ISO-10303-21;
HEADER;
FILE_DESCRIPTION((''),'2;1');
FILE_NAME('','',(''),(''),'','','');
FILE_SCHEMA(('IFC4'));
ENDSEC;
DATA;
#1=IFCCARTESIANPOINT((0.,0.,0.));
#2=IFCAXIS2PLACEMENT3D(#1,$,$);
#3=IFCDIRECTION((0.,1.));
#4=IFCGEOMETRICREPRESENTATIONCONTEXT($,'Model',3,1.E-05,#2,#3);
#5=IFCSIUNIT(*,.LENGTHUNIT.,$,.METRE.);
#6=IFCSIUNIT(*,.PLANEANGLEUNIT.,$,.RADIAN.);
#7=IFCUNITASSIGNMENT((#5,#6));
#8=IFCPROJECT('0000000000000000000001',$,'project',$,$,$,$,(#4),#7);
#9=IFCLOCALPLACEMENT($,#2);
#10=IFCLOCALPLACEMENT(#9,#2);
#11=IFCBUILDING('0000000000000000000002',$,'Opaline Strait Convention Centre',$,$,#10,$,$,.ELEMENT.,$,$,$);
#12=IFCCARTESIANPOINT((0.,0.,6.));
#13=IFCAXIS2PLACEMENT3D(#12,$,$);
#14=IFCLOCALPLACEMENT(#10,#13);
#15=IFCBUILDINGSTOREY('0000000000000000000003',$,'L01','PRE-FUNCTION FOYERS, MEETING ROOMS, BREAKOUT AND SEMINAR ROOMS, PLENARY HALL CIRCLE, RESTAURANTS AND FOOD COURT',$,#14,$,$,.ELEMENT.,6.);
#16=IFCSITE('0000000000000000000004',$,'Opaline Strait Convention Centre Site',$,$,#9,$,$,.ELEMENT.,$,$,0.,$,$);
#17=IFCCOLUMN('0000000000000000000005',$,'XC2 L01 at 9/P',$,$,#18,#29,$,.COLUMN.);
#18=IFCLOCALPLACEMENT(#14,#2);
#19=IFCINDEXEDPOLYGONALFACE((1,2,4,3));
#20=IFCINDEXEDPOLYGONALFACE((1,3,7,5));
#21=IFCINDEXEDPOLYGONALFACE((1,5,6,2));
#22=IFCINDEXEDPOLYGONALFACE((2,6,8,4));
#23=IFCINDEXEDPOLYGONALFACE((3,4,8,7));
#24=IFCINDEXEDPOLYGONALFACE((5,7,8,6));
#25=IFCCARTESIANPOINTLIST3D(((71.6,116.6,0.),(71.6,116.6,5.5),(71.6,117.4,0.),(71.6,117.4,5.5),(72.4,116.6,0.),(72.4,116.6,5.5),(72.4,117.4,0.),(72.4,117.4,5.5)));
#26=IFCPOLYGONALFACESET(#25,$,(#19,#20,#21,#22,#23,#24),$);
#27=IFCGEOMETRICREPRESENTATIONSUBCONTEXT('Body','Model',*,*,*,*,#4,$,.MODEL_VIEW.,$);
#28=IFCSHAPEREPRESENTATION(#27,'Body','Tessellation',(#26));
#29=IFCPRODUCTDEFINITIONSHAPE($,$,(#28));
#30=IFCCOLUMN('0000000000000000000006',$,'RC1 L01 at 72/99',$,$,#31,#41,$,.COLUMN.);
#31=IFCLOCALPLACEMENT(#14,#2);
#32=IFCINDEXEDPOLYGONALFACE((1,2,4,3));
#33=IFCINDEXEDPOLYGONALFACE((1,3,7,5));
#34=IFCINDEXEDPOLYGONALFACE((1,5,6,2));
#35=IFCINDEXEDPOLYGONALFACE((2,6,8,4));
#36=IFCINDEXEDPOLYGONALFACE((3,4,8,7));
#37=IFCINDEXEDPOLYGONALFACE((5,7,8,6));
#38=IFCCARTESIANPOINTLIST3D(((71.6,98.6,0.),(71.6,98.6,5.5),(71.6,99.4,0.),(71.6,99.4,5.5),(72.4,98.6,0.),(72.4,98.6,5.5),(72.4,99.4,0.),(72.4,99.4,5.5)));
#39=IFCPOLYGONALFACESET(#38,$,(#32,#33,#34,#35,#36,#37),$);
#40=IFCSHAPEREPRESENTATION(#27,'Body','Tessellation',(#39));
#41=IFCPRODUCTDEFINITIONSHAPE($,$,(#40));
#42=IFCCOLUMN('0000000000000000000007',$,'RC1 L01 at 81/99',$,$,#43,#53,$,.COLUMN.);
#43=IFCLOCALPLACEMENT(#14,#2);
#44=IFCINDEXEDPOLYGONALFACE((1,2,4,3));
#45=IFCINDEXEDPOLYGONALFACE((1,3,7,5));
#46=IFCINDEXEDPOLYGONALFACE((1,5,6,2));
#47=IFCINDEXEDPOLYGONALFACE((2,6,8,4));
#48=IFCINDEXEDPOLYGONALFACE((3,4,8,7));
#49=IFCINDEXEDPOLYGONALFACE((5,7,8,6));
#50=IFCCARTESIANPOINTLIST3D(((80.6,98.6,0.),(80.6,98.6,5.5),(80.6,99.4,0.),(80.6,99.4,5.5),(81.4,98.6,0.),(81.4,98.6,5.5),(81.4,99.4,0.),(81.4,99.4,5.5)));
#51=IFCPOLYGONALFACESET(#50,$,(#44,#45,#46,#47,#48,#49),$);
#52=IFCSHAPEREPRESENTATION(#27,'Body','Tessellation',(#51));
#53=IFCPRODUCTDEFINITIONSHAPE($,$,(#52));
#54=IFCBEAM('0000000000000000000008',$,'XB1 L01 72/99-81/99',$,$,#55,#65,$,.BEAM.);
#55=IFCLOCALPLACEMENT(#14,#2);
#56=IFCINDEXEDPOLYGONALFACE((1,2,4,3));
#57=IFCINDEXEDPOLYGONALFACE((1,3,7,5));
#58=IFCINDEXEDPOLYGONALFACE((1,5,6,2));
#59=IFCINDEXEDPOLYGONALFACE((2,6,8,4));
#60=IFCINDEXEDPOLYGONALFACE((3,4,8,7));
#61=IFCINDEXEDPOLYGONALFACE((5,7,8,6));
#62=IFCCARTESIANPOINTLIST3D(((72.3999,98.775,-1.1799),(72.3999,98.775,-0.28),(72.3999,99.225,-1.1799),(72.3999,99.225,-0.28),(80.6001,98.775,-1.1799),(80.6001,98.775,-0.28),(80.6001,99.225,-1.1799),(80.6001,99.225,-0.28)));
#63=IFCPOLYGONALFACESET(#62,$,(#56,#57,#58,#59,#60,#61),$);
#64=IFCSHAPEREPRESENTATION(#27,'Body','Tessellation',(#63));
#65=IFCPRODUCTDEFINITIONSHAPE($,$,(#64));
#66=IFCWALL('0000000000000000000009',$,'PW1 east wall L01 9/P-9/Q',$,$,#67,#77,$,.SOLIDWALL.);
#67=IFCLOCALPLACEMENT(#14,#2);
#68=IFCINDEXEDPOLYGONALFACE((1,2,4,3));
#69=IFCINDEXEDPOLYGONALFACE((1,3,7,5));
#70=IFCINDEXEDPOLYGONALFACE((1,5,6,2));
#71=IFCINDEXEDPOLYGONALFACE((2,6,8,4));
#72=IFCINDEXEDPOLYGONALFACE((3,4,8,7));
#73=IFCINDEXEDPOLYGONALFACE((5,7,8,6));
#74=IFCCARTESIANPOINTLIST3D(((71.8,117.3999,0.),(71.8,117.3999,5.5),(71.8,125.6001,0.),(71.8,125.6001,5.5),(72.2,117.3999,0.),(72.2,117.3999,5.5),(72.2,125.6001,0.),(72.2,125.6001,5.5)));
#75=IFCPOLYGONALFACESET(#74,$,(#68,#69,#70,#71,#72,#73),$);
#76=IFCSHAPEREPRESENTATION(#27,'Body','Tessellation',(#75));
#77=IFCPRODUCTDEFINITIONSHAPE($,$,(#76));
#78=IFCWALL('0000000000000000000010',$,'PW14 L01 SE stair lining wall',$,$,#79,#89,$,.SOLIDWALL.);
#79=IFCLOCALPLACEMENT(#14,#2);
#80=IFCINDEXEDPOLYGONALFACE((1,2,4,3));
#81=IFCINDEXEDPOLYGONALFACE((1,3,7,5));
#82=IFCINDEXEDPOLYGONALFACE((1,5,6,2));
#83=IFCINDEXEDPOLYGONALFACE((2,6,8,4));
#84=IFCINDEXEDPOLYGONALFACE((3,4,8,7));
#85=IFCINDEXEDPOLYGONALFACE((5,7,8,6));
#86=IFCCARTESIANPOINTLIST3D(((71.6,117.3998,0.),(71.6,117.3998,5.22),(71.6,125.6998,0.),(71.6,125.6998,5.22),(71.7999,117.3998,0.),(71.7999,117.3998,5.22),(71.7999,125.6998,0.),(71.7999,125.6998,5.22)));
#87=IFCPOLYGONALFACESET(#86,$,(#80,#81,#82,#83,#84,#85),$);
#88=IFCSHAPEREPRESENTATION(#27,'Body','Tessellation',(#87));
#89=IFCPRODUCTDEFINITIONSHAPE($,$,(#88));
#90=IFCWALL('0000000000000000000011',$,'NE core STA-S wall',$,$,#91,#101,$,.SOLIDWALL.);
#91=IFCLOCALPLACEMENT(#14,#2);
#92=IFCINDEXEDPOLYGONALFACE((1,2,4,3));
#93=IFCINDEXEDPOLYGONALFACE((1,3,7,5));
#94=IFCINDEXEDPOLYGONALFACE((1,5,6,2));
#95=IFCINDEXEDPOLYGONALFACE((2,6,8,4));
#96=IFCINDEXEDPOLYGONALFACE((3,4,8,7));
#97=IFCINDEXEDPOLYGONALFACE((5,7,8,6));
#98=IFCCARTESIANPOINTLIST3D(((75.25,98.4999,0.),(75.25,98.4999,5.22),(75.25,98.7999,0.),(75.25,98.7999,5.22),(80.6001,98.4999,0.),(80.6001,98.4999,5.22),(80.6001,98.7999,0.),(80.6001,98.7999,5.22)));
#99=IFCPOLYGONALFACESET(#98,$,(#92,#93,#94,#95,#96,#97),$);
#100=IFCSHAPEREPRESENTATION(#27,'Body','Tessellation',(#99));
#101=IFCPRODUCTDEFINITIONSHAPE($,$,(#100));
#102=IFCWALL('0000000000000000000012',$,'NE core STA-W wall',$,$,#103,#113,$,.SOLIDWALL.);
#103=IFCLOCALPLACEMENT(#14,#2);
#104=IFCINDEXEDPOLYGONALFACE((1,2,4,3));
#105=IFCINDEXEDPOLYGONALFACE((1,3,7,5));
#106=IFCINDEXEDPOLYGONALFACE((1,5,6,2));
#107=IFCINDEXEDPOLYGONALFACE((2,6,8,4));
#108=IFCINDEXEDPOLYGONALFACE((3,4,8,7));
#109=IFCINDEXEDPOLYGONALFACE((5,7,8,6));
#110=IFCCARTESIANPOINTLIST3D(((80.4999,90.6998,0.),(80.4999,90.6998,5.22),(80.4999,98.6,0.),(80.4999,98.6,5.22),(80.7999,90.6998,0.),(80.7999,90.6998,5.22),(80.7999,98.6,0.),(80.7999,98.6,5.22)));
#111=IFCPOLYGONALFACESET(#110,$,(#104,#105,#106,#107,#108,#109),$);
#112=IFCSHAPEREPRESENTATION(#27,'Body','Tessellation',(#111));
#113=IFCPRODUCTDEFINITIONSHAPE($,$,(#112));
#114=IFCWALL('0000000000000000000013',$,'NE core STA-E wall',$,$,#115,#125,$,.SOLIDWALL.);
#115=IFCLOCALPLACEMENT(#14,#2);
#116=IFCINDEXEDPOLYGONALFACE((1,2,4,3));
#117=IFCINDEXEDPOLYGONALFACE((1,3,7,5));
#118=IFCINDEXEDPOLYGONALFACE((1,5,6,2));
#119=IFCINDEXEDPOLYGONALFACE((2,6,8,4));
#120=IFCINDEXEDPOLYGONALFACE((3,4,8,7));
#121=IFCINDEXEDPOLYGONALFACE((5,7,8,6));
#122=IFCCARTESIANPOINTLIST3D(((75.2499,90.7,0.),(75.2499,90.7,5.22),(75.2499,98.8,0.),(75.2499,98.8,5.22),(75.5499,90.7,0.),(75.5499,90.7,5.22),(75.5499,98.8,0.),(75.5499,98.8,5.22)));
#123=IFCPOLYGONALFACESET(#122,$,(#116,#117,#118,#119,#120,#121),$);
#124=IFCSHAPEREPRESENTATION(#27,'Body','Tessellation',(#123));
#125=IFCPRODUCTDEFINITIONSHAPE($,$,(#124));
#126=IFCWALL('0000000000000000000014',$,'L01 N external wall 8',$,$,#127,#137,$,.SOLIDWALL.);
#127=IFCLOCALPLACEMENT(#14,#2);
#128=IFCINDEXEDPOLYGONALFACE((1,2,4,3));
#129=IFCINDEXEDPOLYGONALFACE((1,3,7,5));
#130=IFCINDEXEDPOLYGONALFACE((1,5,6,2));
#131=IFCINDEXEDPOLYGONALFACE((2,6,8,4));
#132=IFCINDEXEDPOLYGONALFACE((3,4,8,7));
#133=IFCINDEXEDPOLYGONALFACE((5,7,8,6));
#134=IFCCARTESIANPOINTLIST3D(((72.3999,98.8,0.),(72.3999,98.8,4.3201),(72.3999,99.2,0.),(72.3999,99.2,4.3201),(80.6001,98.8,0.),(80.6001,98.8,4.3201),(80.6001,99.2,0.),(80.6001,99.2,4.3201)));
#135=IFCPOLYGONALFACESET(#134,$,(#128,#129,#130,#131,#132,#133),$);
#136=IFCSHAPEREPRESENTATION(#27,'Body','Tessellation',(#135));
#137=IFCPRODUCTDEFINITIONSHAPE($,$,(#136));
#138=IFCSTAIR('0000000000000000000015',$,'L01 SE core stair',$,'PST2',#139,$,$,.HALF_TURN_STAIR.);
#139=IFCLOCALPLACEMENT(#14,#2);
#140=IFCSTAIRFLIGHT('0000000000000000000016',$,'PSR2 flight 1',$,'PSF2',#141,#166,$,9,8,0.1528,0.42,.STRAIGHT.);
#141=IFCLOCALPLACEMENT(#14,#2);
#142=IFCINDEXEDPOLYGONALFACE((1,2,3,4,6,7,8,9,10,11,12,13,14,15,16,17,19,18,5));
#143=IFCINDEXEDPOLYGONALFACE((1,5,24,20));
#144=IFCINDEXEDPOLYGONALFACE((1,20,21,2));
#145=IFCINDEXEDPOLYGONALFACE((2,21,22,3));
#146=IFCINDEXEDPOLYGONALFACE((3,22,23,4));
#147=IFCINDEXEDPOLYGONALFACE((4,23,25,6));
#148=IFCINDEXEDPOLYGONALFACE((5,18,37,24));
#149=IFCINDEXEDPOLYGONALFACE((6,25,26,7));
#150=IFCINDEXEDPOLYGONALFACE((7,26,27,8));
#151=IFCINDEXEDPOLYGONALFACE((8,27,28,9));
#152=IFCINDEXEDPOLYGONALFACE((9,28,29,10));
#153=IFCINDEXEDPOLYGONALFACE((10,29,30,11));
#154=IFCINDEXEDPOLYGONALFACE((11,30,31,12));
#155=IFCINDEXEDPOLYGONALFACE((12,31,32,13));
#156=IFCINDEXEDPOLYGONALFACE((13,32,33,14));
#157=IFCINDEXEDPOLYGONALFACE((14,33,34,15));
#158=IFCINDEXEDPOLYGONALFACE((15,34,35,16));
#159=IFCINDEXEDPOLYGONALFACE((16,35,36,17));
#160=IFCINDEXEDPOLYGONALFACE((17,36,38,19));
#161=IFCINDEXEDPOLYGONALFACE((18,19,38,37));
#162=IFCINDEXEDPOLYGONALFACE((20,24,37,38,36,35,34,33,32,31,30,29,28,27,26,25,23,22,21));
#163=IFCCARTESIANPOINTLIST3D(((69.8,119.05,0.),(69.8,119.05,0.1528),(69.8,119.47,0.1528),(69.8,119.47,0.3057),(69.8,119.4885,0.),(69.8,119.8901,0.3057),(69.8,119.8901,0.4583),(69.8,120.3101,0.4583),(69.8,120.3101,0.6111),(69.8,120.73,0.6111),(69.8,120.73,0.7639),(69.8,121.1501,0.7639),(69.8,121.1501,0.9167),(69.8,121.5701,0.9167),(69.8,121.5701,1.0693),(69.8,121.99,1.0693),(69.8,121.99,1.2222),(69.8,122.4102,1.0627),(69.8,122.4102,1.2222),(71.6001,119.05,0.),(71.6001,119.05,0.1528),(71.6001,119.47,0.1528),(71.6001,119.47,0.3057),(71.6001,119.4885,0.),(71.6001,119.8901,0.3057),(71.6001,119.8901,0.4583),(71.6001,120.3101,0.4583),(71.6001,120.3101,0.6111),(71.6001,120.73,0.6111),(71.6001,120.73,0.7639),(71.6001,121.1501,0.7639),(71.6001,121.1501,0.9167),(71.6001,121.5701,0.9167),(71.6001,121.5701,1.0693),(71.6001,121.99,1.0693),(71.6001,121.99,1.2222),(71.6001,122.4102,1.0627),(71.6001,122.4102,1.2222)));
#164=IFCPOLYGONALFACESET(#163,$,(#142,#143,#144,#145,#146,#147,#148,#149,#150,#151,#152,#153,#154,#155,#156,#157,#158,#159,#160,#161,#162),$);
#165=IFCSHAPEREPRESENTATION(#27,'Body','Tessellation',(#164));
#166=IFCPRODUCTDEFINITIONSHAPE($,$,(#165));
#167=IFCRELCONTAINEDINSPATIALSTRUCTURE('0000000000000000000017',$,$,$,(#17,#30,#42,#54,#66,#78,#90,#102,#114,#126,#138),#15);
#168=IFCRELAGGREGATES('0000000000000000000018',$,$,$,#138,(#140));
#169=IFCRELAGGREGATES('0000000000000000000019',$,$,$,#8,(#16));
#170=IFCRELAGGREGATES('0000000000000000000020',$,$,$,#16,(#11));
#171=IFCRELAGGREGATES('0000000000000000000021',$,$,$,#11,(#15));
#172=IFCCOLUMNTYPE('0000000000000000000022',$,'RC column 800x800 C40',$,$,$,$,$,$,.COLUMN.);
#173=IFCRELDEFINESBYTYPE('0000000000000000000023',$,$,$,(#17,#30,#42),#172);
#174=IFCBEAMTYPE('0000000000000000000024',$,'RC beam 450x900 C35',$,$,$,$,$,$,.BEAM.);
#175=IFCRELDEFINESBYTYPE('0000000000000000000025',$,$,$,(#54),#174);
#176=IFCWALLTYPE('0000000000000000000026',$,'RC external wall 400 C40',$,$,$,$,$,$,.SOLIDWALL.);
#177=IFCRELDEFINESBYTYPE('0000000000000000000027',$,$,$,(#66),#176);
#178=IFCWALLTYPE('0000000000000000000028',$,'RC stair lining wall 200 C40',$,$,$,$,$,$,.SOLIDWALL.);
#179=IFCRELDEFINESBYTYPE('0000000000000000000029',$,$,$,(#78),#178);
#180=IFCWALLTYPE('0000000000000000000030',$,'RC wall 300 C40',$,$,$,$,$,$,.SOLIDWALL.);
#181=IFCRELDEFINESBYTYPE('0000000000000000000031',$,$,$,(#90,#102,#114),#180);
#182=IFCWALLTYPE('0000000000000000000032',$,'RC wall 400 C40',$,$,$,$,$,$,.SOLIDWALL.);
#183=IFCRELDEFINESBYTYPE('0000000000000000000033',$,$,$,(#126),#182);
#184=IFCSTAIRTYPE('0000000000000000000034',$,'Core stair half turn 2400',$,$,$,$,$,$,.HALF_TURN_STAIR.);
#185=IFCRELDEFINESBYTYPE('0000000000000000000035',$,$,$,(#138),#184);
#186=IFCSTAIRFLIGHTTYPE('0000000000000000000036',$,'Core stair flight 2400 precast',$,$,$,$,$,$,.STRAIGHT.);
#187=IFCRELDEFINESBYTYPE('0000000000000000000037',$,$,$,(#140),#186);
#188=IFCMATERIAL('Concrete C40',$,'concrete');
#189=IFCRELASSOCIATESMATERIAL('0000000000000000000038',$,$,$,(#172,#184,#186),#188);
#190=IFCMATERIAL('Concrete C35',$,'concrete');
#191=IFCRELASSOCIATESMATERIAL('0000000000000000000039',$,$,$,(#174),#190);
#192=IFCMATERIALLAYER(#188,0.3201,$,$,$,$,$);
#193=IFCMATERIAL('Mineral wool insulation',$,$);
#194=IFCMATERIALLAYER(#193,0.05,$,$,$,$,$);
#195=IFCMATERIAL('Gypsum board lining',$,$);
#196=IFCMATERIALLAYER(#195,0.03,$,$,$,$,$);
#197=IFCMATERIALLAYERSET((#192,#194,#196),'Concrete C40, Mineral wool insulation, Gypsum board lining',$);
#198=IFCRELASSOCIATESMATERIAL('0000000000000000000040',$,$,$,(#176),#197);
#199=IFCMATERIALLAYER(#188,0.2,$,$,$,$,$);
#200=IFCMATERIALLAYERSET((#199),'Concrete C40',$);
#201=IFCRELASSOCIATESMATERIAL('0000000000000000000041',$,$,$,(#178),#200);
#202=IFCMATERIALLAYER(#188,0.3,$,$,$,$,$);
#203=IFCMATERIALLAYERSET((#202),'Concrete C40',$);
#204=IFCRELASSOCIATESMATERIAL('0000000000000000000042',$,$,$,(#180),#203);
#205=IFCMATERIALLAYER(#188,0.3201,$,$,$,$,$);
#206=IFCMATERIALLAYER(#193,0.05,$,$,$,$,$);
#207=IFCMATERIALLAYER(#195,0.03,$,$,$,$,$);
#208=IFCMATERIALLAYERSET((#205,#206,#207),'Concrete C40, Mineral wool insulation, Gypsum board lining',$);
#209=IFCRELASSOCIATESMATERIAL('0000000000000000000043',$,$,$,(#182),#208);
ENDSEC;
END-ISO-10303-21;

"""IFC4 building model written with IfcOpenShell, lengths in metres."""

from ifc_helpers import new_model, si_unit, direction, frame, frame_2d, origin, origin_2d, place, context, subcontext, project, spatial, polyline, rectangle, outline, extrude, material, layer, layer_set, material_profile, profile_set, type_object, element, aggregate, save


model = new_model("IFC4")

# Units and contexts
model_context = context("Model", 3, precision=1e-05, world=origin(), true_north=direction((0.0, 1.0)))
body_context = subcontext(model_context, "Body", "Model", "MODEL_VIEW")
ifc_project = project(units=[si_unit("LENGTHUNIT", "METRE"), si_unit("PLANEANGLEUNIT", "RADIAN")], contexts=[model_context])

# Site, building, storey
site_placement = place(None, origin())
site = spatial("IfcSite", under=ifc_project, at=site_placement, Name="Opaline Strait Convention Centre Site", CompositionType="ELEMENT", RefElevation=0.0)
building_placement = place(site_placement, origin())
building = spatial("IfcBuilding", under=site, at=building_placement, Name="Opaline Strait Convention Centre", CompositionType="ELEMENT")
storey_placement = place(building_placement, frame((0.0, 0.0, 6.0)))
storey = spatial("IfcBuildingStorey", under=building, at=storey_placement, Name="L01", Description="PRE-FUNCTION FOYERS, MEETING ROOMS, BREAKOUT AND SEMINAR ROOMS, PLENARY HALL CIRCLE, RESTAURANTS AND FOOD COURT", CompositionType="ELEMENT", Elevation=6.0)

# Columns
ifc_material_1 = material(Name="Concrete C40", Category="concrete")
ifc_material_profile_1 = material_profile(ifc_material_1, rectangle(XDim=0.8, YDim=0.8, at=origin_2d()), Name="RC 800x800")
ifc_profile_set_1 = profile_set([ifc_material_profile_1], Name="Concrete C40")
column_type = type_object("IfcColumnType", Name="RC column 800x800 C40", PredefinedType="COLUMN", material=ifc_profile_set_1)
for number, where, z_axis, x_axis, name in (
    (1, (72.0, 117.0, 0.0), (0.0, 0.0, 1.0), (1.0, 0.0, 0.0), "XC2 L01 at 9/P"),
    (2, (72.0, 99.0, 0.0), (0.0, 0.0, 1.0), (1.0, 0.0, 0.0), "RC1 L01 at 72/99"),
    (3, (81.0, 99.0, 0.0), (0.0, 0.0, 1.0), (1.0, 0.0, 0.0), "RC1 L01 at 81/99"),
):
    element("IfcColumn", number, at=place(storey_placement, frame(where, z_axis=z_axis, x_axis=x_axis)), inside=storey, type_object=column_type, Name=name, PredefinedType="COLUMN", context=body_context, shape_type="SweptSolid", body=[
        extrude(rectangle(XDim=0.8, YDim=0.8, at=origin_2d()), origin(), (0.0, 0.0, 1.0), 5.5),
    ])

# Beam
ifc_material_2 = material(Name="Concrete C35", Category="concrete")
ifc_material_profile_2 = material_profile(ifc_material_2, rectangle(XDim=0.45, YDim=0.8999, at=origin_2d()), Name="RC 450x900")
ifc_profile_set_2 = profile_set([ifc_material_profile_2], Name="Concrete C35")
beam_type = type_object("IfcBeamType", Name="RC beam 450x900 C35", PredefinedType="BEAM", material=ifc_profile_set_2)
beam_placement = place(storey_placement, frame((72.3999, 99.0, -0.73), z_axis=(1.0, 0.0, 0.0), x_axis=(0.0, 1.0, 0.0)))
element("IfcBeam", 4, at=beam_placement, inside=storey, type_object=beam_type, Name="XB1 L01 72/99-81/99", PredefinedType="BEAM", context=body_context, shape_type="SweptSolid", body=[
    extrude(rectangle(XDim=0.45, YDim=0.8999, at=origin_2d()), origin(), (0.0, 0.0, 1.0), 8.2002),
])

# Walls
ifc_layer_1 = layer(ifc_material_1, 0.3201)
ifc_material_3 = material(Name="Mineral wool insulation")
ifc_layer_2 = layer(ifc_material_3, 0.05)
ifc_material_4 = material(Name="Gypsum board lining")
ifc_layer_3 = layer(ifc_material_4, 0.03)
ifc_layer_set_1 = layer_set([ifc_layer_1, ifc_layer_2, ifc_layer_3], Name="Concrete C40, Mineral wool insulation, Gypsum board lining")
wall_type_1 = type_object("IfcWallType", Name="RC external wall 400 C40", PredefinedType="SOLIDWALL", material=ifc_layer_set_1)
wall_1_placement = place(storey_placement, frame((72.0, 117.3999, 0.0), z_axis=(0.0, 0.0, 1.0), x_axis=(0.0, 1.0, 0.0)))
element("IfcWall", 5, at=wall_1_placement, inside=storey, type_object=wall_type_1, Name="PW1 east wall L01 9/P-9/Q", PredefinedType="SOLIDWALL", context=body_context, shape_type="SweptSolid", body=[
    extrude(rectangle(XDim=8.2002, YDim=0.3999, at=frame_2d((4.1001, 0.0))), origin(), (0.0, 0.0, 1.0), 5.5),
])
ifc_layer_4 = layer(ifc_material_1, 0.2)
ifc_layer_set_2 = layer_set([ifc_layer_4], Name="Concrete C40")
wall_type_2 = type_object("IfcWallType", Name="RC stair lining wall 200 C40", PredefinedType="SOLIDWALL", material=ifc_layer_set_2)
wall_2_placement = place(storey_placement, frame((71.7, 117.3999, 0.0), z_axis=(0.0, 0.0, 1.0), x_axis=(0.0, 1.0, 0.0)))
element("IfcWall", 6, at=wall_2_placement, inside=storey, type_object=wall_type_2, Name="PW14 L01 SE stair lining wall", PredefinedType="SOLIDWALL", context=body_context, shape_type="SweptSolid", body=[
    extrude(rectangle(XDim=8.3, YDim=0.2, at=frame_2d((4.1499, 0.0))), origin(), (0.0, 0.0, 1.0), 5.22),
])
ifc_layer_5 = layer(ifc_material_1, 0.3)
ifc_layer_set_3 = layer_set([ifc_layer_5], Name="Concrete C40")
wall_type_3 = type_object("IfcWallType", Name="RC wall 300 C40", PredefinedType="SOLIDWALL", material=ifc_layer_set_3)
wall_3_placement = place(storey_placement, frame((80.6001, 98.6499, 0.0), z_axis=(0.0, 0.0, 1.0), x_axis=(-1.0, 0.0, 0.0)))
element("IfcWall", 7, at=wall_3_placement, inside=storey, type_object=wall_type_3, Name="NE core STA-S wall", PredefinedType="SOLIDWALL", context=body_context, shape_type="SweptSolid", body=[
    extrude(rectangle(XDim=5.3501, YDim=0.3, at=frame_2d((2.675, 0.0))), origin(), (0.0, 0.0, 1.0), 5.22),
])
wall_4_placement = place(storey_placement, frame((80.6499, 98.6001, 0.0), z_axis=(0.0, 0.0, 1.0), x_axis=(0.0, -1.0, 0.0)))
element("IfcWall", 8, at=wall_4_placement, inside=storey, type_object=wall_type_3, Name="NE core STA-W wall", PredefinedType="SOLIDWALL", context=body_context, shape_type="SweptSolid", body=[
    extrude(rectangle(XDim=7.9001, YDim=0.3, at=frame_2d((3.9502, 0.0))), origin(), (0.0, 0.0, 1.0), 5.22),
])
wall_5_placement = place(storey_placement, frame((75.3999, 98.8, 0.0), z_axis=(0.0, 0.0, 1.0), x_axis=(0.0, -1.0, 0.0)))
element("IfcWall", 9, at=wall_5_placement, inside=storey, type_object=wall_type_3, Name="NE core STA-E wall", PredefinedType="SOLIDWALL", context=body_context, shape_type="SweptSolid", body=[
    extrude(rectangle(XDim=8.1001, YDim=0.3, at=frame_2d((4.05, 0.0))), origin(), (0.0, 0.0, 1.0), 5.22),
])
ifc_layer_6 = layer(ifc_material_1, 0.3201)
ifc_layer_7 = layer(ifc_material_3, 0.05)
ifc_layer_8 = layer(ifc_material_4, 0.03)
ifc_layer_set_4 = layer_set([ifc_layer_6, ifc_layer_7, ifc_layer_8], Name="Concrete C40, Mineral wool insulation, Gypsum board lining")
wall_type_4 = type_object("IfcWallType", Name="RC wall 400 C40", PredefinedType="SOLIDWALL", material=ifc_layer_set_4)
wall_6_placement = place(storey_placement, frame((72.3999, 99.0, 0.0), z_axis=(0.0, 0.0, 1.0), x_axis=(1.0, 0.0, 0.0)))
element("IfcWall", 10, at=wall_6_placement, inside=storey, type_object=wall_type_4, Name="L01 N external wall 8", PredefinedType="SOLIDWALL", context=body_context, shape_type="SweptSolid", body=[
    extrude(rectangle(XDim=8.2002, YDim=0.3999, at=frame_2d((4.1001, 0.0))), origin(), (0.0, 0.0, 1.0), 4.3201),
])

# Stair, stair flight
stair_type_1 = type_object("IfcStairType", Name="Core stair half turn 2400", PredefinedType="HALF_TURN_STAIR", material=ifc_material_1)
stair_1_placement = place(storey_placement, origin())
stair_1 = element("IfcStair", 11, at=stair_1_placement, inside=storey, type_object=stair_type_1, Name="L01 SE core stair", ObjectType="PST2", PredefinedType="HALF_TURN_STAIR")
stair_flight_type_1 = type_object("IfcStairFlightType", Name="Core stair flight 2400 precast", PredefinedType="STRAIGHT", material=ifc_material_1)
stair_flight_1_placement = place(storey_placement, frame((70.7, 119.05, 0.0), z_axis=(0.0, 0.0, 1.0), x_axis=(0.0, 1.0, 0.0)))
stair_flight_1 = element("IfcStairFlight", 12, at=stair_flight_1_placement, type_object=stair_flight_type_1, Name="PSR2 flight 1", ObjectType="PSF2", NumberOfRisers=9, NumberOfTreads=8, PredefinedType="STRAIGHT", RiserHeight=0.1528, TreadLength=0.42, context=body_context, shape_type="SweptSolid", body=[
    extrude(outline(polyline([(0.0, 0.0), (0.0, 0.1528), (0.4199, 0.1528), (0.4199, 0.3057), (0.8401, 0.3057), (0.8401, 0.4583), (1.26, 0.4583), (1.26, 0.6111), (1.6799, 0.6111), (1.6799, 0.7639), (2.1001, 0.7639), (2.1001, 0.9167), (2.52, 0.9167), (2.52, 1.0693), (2.9399, 1.0693), (2.9399, 1.2222), (3.3601, 1.2222), (3.3601, 1.375), (3.3601, 1.0627), (0.4385, 0.0), (0.0, 0.0)])), frame((0.0, 0.8999, 0.0), z_axis=(0.0, -1.0, 0.0), x_axis=(1.0, 0.0, 0.0)), (0.0, 0.0, 1.0), 1.8),
])
aggregate(stair_1, [stair_flight_1])

save(model, "model.ifc")
